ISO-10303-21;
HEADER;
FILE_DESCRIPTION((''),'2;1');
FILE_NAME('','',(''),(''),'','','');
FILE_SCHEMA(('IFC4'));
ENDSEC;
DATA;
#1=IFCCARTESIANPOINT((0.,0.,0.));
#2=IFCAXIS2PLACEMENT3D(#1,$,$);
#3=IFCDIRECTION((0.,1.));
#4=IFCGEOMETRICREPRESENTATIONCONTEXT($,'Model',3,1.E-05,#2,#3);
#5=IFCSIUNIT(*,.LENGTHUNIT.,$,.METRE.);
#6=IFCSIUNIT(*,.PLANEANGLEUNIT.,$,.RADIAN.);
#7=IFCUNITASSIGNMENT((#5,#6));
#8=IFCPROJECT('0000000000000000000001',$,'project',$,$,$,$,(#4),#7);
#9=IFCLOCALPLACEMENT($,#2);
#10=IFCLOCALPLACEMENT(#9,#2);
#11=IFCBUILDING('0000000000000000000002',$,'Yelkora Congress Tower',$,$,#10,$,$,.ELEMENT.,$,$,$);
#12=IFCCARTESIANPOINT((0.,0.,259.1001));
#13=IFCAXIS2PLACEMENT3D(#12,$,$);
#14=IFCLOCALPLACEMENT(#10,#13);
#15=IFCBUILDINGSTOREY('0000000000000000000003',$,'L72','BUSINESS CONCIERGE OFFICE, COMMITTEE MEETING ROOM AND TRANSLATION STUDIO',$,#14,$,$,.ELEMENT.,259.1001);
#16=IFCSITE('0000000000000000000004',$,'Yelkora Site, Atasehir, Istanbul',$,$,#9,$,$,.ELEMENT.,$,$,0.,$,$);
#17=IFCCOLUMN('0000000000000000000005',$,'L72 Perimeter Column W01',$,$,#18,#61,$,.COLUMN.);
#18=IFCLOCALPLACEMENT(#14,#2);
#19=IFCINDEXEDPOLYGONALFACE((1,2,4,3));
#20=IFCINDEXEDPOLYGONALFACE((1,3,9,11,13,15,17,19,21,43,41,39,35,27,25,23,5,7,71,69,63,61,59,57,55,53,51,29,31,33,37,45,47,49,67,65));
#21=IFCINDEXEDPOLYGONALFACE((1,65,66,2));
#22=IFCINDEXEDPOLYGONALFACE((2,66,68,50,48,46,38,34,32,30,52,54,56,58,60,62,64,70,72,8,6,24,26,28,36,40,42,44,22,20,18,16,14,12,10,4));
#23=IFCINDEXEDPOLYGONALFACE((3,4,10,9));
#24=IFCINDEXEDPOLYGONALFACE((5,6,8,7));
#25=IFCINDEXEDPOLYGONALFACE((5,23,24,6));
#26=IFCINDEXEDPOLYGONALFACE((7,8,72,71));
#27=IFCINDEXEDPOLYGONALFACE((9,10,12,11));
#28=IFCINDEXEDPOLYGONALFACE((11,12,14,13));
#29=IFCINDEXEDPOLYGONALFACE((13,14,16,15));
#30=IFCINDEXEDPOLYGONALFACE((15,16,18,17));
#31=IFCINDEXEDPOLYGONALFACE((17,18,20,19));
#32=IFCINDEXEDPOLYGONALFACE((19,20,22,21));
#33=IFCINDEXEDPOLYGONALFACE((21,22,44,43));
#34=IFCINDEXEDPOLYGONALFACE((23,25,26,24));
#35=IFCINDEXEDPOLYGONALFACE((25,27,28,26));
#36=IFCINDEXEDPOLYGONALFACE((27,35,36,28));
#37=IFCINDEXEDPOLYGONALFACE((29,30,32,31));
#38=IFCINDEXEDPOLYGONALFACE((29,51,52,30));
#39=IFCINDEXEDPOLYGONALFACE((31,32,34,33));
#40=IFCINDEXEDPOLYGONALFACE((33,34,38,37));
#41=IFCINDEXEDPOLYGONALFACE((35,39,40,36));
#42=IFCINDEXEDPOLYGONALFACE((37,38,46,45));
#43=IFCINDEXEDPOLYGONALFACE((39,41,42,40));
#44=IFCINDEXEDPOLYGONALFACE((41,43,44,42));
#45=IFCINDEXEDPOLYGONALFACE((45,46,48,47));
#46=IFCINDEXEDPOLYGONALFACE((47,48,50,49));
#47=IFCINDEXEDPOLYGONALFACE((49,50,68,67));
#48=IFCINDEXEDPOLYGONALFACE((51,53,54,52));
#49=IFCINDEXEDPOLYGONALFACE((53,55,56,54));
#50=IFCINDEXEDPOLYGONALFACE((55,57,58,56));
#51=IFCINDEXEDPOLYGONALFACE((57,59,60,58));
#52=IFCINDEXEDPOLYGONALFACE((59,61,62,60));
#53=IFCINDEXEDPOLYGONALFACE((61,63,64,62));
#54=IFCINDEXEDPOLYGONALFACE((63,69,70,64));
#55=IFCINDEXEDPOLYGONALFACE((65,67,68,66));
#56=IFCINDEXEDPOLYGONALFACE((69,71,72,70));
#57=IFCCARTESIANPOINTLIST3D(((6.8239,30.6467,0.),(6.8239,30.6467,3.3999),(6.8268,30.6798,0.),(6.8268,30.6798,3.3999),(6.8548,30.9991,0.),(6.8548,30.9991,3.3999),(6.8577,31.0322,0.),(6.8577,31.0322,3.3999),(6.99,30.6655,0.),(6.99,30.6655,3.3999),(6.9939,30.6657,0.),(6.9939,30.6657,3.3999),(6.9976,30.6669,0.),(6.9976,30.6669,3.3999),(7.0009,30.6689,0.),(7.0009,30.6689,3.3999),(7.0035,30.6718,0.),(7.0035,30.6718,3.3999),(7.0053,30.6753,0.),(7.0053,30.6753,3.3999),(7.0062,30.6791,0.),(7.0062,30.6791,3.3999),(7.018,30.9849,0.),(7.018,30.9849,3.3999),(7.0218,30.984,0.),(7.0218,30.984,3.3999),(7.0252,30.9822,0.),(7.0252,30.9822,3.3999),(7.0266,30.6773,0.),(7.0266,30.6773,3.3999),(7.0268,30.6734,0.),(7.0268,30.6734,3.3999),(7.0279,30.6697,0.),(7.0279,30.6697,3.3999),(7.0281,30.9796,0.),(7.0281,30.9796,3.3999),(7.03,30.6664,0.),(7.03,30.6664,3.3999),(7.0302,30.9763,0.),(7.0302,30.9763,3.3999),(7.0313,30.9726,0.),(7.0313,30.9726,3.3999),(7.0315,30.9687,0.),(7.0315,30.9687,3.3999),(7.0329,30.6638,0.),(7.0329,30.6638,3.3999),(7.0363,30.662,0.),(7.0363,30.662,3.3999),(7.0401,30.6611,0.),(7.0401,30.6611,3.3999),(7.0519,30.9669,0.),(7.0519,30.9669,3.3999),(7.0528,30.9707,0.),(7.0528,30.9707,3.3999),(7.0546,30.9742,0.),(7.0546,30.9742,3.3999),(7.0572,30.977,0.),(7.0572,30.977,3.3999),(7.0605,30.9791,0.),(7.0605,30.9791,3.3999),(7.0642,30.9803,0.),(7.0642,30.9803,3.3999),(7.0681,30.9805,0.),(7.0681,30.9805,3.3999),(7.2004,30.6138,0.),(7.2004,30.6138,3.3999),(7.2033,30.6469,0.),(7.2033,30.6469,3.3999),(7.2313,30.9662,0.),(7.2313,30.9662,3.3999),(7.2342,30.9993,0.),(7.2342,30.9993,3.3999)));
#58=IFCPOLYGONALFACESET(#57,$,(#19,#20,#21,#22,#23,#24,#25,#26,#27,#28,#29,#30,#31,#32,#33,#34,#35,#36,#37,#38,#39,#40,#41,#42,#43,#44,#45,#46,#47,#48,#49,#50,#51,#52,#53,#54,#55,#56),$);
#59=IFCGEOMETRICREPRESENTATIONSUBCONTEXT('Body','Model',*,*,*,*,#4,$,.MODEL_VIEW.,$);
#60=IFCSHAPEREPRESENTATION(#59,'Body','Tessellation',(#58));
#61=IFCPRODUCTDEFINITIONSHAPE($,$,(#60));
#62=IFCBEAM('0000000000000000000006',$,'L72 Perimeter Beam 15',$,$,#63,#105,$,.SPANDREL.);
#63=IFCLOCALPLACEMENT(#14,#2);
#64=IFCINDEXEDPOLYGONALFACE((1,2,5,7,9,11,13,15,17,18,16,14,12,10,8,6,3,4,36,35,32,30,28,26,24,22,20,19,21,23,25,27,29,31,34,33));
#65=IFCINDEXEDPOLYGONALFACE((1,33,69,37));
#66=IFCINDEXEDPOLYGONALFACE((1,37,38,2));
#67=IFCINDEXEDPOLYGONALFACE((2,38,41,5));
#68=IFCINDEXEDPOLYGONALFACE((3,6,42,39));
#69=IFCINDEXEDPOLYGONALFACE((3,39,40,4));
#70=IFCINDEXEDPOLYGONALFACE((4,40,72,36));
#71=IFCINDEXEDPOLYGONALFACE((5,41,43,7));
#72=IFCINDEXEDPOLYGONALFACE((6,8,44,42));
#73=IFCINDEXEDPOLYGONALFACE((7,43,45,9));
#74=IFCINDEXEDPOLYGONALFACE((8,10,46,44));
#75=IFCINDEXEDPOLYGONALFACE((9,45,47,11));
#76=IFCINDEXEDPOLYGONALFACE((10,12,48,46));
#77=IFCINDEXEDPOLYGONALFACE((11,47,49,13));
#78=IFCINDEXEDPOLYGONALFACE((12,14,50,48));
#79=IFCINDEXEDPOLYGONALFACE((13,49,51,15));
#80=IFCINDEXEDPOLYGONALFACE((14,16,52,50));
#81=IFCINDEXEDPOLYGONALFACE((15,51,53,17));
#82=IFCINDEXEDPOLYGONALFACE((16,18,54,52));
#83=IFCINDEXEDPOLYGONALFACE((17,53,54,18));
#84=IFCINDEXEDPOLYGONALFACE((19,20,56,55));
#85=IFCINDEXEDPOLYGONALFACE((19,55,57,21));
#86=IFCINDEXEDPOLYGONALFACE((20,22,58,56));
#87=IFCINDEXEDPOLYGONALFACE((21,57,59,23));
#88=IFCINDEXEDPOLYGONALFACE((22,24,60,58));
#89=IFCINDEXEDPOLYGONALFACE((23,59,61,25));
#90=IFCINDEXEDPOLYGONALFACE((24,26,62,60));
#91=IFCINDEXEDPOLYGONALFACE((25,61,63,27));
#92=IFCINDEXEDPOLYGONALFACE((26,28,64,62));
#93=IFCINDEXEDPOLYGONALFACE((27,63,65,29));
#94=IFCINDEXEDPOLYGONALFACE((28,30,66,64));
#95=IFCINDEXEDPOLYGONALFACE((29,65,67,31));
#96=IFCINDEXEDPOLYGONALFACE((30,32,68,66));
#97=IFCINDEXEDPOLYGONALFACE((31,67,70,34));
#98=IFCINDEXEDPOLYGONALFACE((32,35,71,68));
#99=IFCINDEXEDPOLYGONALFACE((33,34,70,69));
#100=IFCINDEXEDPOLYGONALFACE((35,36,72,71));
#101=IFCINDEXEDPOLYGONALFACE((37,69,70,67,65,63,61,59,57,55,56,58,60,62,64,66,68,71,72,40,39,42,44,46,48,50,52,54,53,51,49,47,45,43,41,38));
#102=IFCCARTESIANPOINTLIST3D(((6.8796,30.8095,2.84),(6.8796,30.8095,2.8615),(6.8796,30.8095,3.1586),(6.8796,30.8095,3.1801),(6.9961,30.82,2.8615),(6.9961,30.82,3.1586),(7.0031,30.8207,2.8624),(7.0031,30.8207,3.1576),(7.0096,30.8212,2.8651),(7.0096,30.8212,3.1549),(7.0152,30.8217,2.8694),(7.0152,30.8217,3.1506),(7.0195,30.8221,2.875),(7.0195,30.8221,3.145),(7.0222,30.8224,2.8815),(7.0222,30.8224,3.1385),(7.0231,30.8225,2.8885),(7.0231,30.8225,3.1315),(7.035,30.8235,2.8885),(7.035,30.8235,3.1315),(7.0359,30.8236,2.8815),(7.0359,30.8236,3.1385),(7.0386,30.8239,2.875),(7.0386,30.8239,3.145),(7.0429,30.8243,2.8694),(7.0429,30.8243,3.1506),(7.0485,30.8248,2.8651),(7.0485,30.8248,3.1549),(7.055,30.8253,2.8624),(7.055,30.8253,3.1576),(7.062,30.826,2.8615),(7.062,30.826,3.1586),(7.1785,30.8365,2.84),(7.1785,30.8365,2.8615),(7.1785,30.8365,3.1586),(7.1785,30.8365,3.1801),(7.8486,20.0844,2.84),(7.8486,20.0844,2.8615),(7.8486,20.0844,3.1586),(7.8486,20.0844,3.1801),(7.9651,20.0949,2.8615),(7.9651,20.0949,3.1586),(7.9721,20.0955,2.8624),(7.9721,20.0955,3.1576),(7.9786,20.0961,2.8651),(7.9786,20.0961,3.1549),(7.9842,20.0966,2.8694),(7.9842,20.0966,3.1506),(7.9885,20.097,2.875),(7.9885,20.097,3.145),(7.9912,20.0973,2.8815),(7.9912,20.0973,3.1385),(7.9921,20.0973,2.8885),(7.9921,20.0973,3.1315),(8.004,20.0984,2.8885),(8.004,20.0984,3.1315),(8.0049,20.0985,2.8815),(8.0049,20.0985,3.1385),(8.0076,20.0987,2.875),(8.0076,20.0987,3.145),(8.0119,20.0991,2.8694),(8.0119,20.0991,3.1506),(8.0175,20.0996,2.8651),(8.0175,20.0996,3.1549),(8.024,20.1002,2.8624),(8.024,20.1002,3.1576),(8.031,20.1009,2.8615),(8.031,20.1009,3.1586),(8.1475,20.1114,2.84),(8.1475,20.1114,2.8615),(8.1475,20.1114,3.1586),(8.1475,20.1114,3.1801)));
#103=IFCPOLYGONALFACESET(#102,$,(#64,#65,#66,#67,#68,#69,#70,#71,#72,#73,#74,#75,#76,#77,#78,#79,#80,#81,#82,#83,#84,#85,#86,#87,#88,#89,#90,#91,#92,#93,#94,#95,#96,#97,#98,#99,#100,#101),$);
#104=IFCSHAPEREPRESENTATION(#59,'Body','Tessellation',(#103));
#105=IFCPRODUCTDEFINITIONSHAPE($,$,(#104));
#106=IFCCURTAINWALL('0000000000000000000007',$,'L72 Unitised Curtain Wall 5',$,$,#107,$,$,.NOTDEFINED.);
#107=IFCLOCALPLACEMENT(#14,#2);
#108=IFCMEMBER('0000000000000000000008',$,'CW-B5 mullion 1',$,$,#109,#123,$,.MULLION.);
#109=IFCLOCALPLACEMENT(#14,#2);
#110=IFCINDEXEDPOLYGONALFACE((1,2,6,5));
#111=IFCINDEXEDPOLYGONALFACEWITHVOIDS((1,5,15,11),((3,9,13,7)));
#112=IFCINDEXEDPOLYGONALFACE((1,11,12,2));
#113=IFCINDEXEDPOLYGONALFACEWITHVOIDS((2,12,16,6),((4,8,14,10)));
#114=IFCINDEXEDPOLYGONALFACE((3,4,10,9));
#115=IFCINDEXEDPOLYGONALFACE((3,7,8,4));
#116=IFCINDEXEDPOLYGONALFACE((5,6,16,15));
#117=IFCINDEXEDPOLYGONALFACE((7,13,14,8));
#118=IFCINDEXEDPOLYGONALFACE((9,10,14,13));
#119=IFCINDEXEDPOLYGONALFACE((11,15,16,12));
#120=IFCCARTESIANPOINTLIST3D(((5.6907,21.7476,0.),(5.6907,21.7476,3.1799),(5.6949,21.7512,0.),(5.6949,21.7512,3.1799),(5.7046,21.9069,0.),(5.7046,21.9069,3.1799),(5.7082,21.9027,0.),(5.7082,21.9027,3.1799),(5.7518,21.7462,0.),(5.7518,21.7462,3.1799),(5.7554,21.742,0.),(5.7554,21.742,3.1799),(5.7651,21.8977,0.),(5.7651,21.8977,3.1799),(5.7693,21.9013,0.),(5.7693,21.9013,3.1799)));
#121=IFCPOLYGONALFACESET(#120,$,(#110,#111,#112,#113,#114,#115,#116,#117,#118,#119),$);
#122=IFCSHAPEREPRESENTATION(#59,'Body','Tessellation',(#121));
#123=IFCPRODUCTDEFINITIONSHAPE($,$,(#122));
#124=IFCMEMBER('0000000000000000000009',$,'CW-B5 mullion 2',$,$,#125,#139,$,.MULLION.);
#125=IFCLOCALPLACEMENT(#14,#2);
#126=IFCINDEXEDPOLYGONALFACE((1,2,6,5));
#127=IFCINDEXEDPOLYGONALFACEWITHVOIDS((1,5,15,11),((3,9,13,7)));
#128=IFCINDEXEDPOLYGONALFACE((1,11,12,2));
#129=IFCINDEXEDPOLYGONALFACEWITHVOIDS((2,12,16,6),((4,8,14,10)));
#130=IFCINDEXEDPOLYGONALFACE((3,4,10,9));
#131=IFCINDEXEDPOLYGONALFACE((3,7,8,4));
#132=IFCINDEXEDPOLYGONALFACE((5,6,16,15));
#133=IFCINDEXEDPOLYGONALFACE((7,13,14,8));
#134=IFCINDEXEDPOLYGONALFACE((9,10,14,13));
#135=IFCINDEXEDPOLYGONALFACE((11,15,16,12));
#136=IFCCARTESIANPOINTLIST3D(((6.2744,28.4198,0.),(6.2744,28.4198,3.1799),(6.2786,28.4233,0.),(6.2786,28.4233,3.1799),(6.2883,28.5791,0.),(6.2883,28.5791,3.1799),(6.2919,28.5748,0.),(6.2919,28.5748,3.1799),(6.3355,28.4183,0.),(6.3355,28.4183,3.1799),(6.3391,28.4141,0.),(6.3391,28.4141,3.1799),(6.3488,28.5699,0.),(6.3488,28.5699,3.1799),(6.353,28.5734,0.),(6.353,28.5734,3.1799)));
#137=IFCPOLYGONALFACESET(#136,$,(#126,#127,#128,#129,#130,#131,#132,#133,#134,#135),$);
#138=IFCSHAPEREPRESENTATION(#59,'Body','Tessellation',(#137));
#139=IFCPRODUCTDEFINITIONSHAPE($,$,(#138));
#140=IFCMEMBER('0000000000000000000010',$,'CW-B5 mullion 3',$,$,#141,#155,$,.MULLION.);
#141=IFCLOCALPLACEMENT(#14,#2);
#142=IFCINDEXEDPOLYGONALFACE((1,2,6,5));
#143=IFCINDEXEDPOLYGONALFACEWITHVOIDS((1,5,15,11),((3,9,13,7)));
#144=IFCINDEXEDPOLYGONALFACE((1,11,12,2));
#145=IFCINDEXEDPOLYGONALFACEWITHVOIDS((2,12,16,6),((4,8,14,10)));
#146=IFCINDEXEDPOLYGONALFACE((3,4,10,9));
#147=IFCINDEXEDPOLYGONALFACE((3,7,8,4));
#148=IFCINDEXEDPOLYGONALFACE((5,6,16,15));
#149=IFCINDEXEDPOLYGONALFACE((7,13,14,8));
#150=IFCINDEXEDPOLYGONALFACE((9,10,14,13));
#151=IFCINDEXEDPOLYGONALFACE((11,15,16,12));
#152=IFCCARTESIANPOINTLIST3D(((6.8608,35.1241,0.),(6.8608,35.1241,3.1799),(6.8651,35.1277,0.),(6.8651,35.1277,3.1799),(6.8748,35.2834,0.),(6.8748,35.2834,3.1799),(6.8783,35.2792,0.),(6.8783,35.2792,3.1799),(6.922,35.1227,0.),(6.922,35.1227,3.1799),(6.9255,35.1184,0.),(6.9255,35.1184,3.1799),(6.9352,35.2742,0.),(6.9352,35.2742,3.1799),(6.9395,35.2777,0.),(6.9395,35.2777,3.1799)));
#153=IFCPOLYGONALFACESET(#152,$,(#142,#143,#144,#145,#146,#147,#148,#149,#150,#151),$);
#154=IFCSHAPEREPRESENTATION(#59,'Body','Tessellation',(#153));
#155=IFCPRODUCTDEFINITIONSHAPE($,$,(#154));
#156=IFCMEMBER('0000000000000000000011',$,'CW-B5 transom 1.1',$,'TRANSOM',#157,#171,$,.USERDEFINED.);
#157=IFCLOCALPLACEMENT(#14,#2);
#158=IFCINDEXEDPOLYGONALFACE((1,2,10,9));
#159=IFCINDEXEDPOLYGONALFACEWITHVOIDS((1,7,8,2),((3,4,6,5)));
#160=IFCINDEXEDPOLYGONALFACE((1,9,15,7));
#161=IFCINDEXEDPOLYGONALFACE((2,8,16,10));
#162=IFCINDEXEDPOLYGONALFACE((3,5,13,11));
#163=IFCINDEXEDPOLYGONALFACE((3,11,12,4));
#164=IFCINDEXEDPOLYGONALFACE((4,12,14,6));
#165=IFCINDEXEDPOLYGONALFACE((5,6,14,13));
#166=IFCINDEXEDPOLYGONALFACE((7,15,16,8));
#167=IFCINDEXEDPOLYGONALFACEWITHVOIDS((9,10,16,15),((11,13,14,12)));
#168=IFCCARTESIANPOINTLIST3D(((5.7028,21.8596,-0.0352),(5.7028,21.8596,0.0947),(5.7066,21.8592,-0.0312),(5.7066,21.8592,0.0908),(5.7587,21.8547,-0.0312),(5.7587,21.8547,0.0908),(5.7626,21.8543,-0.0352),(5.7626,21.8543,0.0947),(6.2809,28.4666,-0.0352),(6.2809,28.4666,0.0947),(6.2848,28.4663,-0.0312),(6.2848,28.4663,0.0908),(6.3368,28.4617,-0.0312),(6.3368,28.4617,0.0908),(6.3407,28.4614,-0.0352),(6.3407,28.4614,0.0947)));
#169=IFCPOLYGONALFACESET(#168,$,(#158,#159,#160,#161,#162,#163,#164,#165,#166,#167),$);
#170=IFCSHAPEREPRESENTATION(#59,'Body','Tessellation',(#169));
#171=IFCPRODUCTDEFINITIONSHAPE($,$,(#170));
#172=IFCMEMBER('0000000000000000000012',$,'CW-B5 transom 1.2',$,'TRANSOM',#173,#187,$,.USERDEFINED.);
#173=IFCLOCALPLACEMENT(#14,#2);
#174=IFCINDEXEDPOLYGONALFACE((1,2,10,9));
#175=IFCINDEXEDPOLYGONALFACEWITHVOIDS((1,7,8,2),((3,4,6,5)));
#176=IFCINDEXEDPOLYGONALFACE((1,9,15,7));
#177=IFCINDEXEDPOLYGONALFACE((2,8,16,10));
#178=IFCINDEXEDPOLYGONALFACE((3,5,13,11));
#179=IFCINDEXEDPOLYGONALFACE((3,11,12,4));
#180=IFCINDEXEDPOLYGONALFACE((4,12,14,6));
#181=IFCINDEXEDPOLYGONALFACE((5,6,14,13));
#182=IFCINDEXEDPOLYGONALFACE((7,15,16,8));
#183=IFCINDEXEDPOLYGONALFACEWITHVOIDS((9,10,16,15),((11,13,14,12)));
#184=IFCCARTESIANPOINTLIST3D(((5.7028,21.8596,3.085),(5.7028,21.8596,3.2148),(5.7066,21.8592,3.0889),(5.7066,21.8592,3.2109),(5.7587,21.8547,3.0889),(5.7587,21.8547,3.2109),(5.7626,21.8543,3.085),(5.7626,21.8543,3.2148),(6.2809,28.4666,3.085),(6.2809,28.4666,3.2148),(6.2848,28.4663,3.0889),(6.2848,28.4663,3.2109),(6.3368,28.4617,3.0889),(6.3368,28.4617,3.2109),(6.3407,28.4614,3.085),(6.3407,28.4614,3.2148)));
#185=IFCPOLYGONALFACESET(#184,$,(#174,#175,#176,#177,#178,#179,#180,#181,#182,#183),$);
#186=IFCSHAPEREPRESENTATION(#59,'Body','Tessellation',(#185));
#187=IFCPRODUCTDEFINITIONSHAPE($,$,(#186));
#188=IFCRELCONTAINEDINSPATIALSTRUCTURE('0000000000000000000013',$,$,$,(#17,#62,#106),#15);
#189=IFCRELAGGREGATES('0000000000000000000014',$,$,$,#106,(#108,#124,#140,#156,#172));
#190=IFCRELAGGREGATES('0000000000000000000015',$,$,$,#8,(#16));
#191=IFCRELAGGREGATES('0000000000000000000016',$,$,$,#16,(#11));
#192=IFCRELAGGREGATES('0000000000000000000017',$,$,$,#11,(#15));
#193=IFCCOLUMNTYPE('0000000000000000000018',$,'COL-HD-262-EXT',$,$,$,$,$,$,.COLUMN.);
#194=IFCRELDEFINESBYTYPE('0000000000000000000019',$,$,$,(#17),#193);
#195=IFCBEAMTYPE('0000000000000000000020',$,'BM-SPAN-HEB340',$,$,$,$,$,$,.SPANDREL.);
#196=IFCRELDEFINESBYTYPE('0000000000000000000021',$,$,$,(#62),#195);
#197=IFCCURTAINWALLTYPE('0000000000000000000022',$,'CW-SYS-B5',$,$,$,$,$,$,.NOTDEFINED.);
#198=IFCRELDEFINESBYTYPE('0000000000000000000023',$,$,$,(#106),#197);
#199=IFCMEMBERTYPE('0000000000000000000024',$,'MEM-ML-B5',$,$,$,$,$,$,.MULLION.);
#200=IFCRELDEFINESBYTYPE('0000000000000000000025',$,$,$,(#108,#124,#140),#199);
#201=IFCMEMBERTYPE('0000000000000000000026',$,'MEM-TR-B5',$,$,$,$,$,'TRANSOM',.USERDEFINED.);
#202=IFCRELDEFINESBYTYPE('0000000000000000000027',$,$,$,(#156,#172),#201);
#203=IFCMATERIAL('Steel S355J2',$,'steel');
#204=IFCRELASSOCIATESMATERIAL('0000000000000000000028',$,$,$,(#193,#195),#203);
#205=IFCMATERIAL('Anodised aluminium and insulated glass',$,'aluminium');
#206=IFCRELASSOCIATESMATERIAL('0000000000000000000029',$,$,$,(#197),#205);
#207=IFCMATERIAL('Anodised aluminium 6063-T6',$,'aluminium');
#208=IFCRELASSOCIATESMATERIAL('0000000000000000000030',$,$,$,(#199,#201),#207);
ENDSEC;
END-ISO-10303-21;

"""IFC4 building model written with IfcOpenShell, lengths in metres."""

from ifc_helpers import new_model, si_unit, direction, frame, origin, origin_2d, place, context, subcontext, project, spatial, hollow_rectangle, i_section, extrude, material, material_profile, profile_set, type_object, element, aggregate, save


model = new_model("IFC4")

# Units and contexts
model_context = context("Model", 3, precision=1e-05, world=origin(), true_north=direction((0.0, 1.0)))
body_context = subcontext(model_context, "Body", "Model", "MODEL_VIEW")
ifc_project = project(units=[si_unit("LENGTHUNIT", "METRE"), si_unit("PLANEANGLEUNIT", "RADIAN")], contexts=[model_context])

# Site, building, storey
site_placement = place(None, origin())
site = spatial("IfcSite", under=ifc_project, at=site_placement, Name="Yelkora Site, Atasehir, Istanbul", CompositionType="ELEMENT", RefElevation=0.0)
building_placement = place(site_placement, origin())
building = spatial("IfcBuilding", under=site, at=building_placement, Name="Yelkora Congress Tower", CompositionType="ELEMENT")
storey_placement = place(building_placement, frame((0.0, 0.0, 259.1001)))
storey = spatial("IfcBuildingStorey", under=building, at=storey_placement, Name="L72", Description="BUSINESS CONCIERGE OFFICE, COMMITTEE MEETING ROOM AND TRANSLATION STUDIO", CompositionType="ELEMENT", Elevation=259.1001)

# Column
ifc_material_1 = material(Name="Steel S355J2", Category="steel")
ifc_material_profile_1 = material_profile(ifc_material_1, i_section(OverallWidth=0.3779, OverallDepth=0.387, WebThickness=0.0205, FlangeThickness=0.0332, FilletRadius=0.0149, at=origin_2d()), Name="HD 360x262")
ifc_profile_set_1 = profile_set([ifc_material_profile_1], Name="Steel S355J2")
column_type = type_object("IfcColumnType", Name="COL-HD-262-EXT", PredefinedType="COLUMN", material=ifc_profile_set_1)
column_placement = place(storey_placement, frame((7.0291, 30.823, 0.0), z_axis=(0.0, 0.0, 1.0), x_axis=(0.996195, -0.087156, 0.0)))
element("IfcColumn", 1, at=column_placement, inside=storey, type_object=column_type, Name="L72 Perimeter Column W01", PredefinedType="COLUMN", context=body_context, shape_type="SweptSolid", body=[
    extrude(i_section(OverallWidth=0.3779, OverallDepth=0.387, WebThickness=0.0205, FlangeThickness=0.0332, FilletRadius=0.0149, at=origin_2d()), origin(), (0.0, 0.0, 1.0), 3.3999),
])

# Beam
ifc_material_profile_2 = material_profile(ifc_material_1, i_section(OverallWidth=0.3, OverallDepth=0.3401, WebThickness=0.012, FlangeThickness=0.0215, FilletRadius=0.0271, at=origin_2d()), Name="HEB 340")
ifc_profile_set_2 = profile_set([ifc_material_profile_2], Name="Steel S355J2")
beam_type = type_object("IfcBeamType", Name="BM-SPAN-HEB340", PredefinedType="SPANDREL", material=ifc_profile_set_2)
beam_placement = place(storey_placement, frame((7.0291, 30.823, 3.01), z_axis=(0.089982, -0.995943, 0.0), x_axis=(0.995943, 0.089982, 0.0)))
element("IfcBeam", 2, at=beam_placement, inside=storey, type_object=beam_type, Name="L72 Perimeter Beam 15", PredefinedType="SPANDREL", context=body_context, shape_type="SweptSolid", body=[
    extrude(i_section(OverallWidth=0.3, OverallDepth=0.3401, WebThickness=0.012, FlangeThickness=0.0215, FilletRadius=0.0271, at=origin_2d()), origin(), (0.0, 0.0, 1.0), 10.7688),
])

# Curtain wall, members
ifc_material_2 = material(Name="Anodised aluminium and insulated glass", Category="aluminium")
curtain_wall_type = type_object("IfcCurtainWallType", Name="CW-SYS-B5", PredefinedType="NOTDEFINED", material=ifc_material_2)
curtain_wall_placement = place(storey_placement, origin())
curtain_wall = element("IfcCurtainWall", 3, at=curtain_wall_placement, inside=storey, type_object=curtain_wall_type, Name="L72 Unitised Curtain Wall 5", PredefinedType="NOTDEFINED")
ifc_material_3 = material(Name="Anodised aluminium 6063-T6", Category="aluminium")
ifc_material_profile_3 = material_profile(ifc_material_3, hollow_rectangle(XDim=0.0649, YDim=0.1599, WallThickness=0.0039, at=origin_2d()), Name="ALU 65x160x4")
ifc_profile_set_3 = profile_set([ifc_material_profile_3], Name="Anodised aluminium 6063-T6")
member_type_1 = type_object("IfcMemberType", Name="MEM-ML-B5", PredefinedType="MULLION", material=ifc_profile_set_3)
member_1_placement = place(storey_placement, frame((5.73, 21.8245, 0.0), z_axis=(0.0, 0.0, 1.0), x_axis=(-0.996195, 0.087155, 0.0)))
member_1 = element("IfcMember", 4, at=member_1_placement, type_object=member_type_1, Name="CW-B5 mullion 1", PredefinedType="MULLION", context=body_context, shape_type="SweptSolid", body=[
    extrude(hollow_rectangle(XDim=0.0649, YDim=0.1599, WallThickness=0.0039, at=origin_2d()), origin(), (0.0, 0.0, 1.0), 3.1799),
])
member_2_placement = place(storey_placement, frame((6.3137, 28.4966, 0.0), z_axis=(0.0, 0.0, 1.0), x_axis=(-0.996195, 0.087155, 0.0)))
member_2 = element("IfcMember", 5, at=member_2_placement, type_object=member_type_1, Name="CW-B5 mullion 2", PredefinedType="MULLION", context=body_context, shape_type="SweptSolid", body=[
    extrude(hollow_rectangle(XDim=0.0649, YDim=0.1599, WallThickness=0.0039, at=origin_2d()), origin(), (0.0, 0.0, 1.0), 3.1799),
])
member_3_placement = place(storey_placement, frame((6.9001, 35.2009, 0.0), z_axis=(0.0, 0.0, 1.0), x_axis=(-0.996195, 0.087155, 0.0)))
member_3 = element("IfcMember", 6, at=member_3_placement, type_object=member_type_1, Name="CW-B5 mullion 3", PredefinedType="MULLION", context=body_context, shape_type="SweptSolid", body=[
    extrude(hollow_rectangle(XDim=0.0649, YDim=0.1599, WallThickness=0.0039, at=origin_2d()), origin(), (0.0, 0.0, 1.0), 3.1799),
])
ifc_material_profile_4 = material_profile(ifc_material_3, hollow_rectangle(XDim=0.0601, YDim=0.1299, WallThickness=0.0039, at=origin_2d()), Name="ALU 60x130x4")
ifc_profile_set_4 = profile_set([ifc_material_profile_4], Name="Anodised aluminium 6063-T6")
member_type_2 = type_object("IfcMemberType", Name="MEM-TR-B5", ElementType="TRANSOM", PredefinedType="USERDEFINED", material=ifc_profile_set_4)
member_4_placement = place(storey_placement, frame((5.7327, 21.8569, 0.0298), z_axis=(0.087166, 0.996194, 0.0), x_axis=(-0.996194, 0.087166, 0.0)))
member_4 = element("IfcMember", 7, at=member_4_placement, type_object=member_type_2, Name="CW-B5 transom 1.1", ObjectType="TRANSOM", PredefinedType="USERDEFINED", context=body_context, shape_type="SweptSolid", body=[
    extrude(hollow_rectangle(XDim=0.0601, YDim=0.1299, WallThickness=0.0039, at=origin_2d()), origin(), (0.0, 0.0, 1.0), 6.6323),
])
member_5_placement = place(storey_placement, frame((5.7327, 21.8569, 3.1499), z_axis=(0.087166, 0.996194, 0.0), x_axis=(-0.996194, 0.087166, 0.0)))
member_5 = element("IfcMember", 8, at=member_5_placement, type_object=member_type_2, Name="CW-B5 transom 1.2", ObjectType="TRANSOM", PredefinedType="USERDEFINED", context=body_context, shape_type="SweptSolid", body=[
    extrude(hollow_rectangle(XDim=0.0601, YDim=0.1299, WallThickness=0.0039, at=origin_2d()), origin(), (0.0, 0.0, 1.0), 6.6323),
])
aggregate(curtain_wall, [member_1, member_2, member_3, member_4, member_5])

save(model, "model.ifc")
